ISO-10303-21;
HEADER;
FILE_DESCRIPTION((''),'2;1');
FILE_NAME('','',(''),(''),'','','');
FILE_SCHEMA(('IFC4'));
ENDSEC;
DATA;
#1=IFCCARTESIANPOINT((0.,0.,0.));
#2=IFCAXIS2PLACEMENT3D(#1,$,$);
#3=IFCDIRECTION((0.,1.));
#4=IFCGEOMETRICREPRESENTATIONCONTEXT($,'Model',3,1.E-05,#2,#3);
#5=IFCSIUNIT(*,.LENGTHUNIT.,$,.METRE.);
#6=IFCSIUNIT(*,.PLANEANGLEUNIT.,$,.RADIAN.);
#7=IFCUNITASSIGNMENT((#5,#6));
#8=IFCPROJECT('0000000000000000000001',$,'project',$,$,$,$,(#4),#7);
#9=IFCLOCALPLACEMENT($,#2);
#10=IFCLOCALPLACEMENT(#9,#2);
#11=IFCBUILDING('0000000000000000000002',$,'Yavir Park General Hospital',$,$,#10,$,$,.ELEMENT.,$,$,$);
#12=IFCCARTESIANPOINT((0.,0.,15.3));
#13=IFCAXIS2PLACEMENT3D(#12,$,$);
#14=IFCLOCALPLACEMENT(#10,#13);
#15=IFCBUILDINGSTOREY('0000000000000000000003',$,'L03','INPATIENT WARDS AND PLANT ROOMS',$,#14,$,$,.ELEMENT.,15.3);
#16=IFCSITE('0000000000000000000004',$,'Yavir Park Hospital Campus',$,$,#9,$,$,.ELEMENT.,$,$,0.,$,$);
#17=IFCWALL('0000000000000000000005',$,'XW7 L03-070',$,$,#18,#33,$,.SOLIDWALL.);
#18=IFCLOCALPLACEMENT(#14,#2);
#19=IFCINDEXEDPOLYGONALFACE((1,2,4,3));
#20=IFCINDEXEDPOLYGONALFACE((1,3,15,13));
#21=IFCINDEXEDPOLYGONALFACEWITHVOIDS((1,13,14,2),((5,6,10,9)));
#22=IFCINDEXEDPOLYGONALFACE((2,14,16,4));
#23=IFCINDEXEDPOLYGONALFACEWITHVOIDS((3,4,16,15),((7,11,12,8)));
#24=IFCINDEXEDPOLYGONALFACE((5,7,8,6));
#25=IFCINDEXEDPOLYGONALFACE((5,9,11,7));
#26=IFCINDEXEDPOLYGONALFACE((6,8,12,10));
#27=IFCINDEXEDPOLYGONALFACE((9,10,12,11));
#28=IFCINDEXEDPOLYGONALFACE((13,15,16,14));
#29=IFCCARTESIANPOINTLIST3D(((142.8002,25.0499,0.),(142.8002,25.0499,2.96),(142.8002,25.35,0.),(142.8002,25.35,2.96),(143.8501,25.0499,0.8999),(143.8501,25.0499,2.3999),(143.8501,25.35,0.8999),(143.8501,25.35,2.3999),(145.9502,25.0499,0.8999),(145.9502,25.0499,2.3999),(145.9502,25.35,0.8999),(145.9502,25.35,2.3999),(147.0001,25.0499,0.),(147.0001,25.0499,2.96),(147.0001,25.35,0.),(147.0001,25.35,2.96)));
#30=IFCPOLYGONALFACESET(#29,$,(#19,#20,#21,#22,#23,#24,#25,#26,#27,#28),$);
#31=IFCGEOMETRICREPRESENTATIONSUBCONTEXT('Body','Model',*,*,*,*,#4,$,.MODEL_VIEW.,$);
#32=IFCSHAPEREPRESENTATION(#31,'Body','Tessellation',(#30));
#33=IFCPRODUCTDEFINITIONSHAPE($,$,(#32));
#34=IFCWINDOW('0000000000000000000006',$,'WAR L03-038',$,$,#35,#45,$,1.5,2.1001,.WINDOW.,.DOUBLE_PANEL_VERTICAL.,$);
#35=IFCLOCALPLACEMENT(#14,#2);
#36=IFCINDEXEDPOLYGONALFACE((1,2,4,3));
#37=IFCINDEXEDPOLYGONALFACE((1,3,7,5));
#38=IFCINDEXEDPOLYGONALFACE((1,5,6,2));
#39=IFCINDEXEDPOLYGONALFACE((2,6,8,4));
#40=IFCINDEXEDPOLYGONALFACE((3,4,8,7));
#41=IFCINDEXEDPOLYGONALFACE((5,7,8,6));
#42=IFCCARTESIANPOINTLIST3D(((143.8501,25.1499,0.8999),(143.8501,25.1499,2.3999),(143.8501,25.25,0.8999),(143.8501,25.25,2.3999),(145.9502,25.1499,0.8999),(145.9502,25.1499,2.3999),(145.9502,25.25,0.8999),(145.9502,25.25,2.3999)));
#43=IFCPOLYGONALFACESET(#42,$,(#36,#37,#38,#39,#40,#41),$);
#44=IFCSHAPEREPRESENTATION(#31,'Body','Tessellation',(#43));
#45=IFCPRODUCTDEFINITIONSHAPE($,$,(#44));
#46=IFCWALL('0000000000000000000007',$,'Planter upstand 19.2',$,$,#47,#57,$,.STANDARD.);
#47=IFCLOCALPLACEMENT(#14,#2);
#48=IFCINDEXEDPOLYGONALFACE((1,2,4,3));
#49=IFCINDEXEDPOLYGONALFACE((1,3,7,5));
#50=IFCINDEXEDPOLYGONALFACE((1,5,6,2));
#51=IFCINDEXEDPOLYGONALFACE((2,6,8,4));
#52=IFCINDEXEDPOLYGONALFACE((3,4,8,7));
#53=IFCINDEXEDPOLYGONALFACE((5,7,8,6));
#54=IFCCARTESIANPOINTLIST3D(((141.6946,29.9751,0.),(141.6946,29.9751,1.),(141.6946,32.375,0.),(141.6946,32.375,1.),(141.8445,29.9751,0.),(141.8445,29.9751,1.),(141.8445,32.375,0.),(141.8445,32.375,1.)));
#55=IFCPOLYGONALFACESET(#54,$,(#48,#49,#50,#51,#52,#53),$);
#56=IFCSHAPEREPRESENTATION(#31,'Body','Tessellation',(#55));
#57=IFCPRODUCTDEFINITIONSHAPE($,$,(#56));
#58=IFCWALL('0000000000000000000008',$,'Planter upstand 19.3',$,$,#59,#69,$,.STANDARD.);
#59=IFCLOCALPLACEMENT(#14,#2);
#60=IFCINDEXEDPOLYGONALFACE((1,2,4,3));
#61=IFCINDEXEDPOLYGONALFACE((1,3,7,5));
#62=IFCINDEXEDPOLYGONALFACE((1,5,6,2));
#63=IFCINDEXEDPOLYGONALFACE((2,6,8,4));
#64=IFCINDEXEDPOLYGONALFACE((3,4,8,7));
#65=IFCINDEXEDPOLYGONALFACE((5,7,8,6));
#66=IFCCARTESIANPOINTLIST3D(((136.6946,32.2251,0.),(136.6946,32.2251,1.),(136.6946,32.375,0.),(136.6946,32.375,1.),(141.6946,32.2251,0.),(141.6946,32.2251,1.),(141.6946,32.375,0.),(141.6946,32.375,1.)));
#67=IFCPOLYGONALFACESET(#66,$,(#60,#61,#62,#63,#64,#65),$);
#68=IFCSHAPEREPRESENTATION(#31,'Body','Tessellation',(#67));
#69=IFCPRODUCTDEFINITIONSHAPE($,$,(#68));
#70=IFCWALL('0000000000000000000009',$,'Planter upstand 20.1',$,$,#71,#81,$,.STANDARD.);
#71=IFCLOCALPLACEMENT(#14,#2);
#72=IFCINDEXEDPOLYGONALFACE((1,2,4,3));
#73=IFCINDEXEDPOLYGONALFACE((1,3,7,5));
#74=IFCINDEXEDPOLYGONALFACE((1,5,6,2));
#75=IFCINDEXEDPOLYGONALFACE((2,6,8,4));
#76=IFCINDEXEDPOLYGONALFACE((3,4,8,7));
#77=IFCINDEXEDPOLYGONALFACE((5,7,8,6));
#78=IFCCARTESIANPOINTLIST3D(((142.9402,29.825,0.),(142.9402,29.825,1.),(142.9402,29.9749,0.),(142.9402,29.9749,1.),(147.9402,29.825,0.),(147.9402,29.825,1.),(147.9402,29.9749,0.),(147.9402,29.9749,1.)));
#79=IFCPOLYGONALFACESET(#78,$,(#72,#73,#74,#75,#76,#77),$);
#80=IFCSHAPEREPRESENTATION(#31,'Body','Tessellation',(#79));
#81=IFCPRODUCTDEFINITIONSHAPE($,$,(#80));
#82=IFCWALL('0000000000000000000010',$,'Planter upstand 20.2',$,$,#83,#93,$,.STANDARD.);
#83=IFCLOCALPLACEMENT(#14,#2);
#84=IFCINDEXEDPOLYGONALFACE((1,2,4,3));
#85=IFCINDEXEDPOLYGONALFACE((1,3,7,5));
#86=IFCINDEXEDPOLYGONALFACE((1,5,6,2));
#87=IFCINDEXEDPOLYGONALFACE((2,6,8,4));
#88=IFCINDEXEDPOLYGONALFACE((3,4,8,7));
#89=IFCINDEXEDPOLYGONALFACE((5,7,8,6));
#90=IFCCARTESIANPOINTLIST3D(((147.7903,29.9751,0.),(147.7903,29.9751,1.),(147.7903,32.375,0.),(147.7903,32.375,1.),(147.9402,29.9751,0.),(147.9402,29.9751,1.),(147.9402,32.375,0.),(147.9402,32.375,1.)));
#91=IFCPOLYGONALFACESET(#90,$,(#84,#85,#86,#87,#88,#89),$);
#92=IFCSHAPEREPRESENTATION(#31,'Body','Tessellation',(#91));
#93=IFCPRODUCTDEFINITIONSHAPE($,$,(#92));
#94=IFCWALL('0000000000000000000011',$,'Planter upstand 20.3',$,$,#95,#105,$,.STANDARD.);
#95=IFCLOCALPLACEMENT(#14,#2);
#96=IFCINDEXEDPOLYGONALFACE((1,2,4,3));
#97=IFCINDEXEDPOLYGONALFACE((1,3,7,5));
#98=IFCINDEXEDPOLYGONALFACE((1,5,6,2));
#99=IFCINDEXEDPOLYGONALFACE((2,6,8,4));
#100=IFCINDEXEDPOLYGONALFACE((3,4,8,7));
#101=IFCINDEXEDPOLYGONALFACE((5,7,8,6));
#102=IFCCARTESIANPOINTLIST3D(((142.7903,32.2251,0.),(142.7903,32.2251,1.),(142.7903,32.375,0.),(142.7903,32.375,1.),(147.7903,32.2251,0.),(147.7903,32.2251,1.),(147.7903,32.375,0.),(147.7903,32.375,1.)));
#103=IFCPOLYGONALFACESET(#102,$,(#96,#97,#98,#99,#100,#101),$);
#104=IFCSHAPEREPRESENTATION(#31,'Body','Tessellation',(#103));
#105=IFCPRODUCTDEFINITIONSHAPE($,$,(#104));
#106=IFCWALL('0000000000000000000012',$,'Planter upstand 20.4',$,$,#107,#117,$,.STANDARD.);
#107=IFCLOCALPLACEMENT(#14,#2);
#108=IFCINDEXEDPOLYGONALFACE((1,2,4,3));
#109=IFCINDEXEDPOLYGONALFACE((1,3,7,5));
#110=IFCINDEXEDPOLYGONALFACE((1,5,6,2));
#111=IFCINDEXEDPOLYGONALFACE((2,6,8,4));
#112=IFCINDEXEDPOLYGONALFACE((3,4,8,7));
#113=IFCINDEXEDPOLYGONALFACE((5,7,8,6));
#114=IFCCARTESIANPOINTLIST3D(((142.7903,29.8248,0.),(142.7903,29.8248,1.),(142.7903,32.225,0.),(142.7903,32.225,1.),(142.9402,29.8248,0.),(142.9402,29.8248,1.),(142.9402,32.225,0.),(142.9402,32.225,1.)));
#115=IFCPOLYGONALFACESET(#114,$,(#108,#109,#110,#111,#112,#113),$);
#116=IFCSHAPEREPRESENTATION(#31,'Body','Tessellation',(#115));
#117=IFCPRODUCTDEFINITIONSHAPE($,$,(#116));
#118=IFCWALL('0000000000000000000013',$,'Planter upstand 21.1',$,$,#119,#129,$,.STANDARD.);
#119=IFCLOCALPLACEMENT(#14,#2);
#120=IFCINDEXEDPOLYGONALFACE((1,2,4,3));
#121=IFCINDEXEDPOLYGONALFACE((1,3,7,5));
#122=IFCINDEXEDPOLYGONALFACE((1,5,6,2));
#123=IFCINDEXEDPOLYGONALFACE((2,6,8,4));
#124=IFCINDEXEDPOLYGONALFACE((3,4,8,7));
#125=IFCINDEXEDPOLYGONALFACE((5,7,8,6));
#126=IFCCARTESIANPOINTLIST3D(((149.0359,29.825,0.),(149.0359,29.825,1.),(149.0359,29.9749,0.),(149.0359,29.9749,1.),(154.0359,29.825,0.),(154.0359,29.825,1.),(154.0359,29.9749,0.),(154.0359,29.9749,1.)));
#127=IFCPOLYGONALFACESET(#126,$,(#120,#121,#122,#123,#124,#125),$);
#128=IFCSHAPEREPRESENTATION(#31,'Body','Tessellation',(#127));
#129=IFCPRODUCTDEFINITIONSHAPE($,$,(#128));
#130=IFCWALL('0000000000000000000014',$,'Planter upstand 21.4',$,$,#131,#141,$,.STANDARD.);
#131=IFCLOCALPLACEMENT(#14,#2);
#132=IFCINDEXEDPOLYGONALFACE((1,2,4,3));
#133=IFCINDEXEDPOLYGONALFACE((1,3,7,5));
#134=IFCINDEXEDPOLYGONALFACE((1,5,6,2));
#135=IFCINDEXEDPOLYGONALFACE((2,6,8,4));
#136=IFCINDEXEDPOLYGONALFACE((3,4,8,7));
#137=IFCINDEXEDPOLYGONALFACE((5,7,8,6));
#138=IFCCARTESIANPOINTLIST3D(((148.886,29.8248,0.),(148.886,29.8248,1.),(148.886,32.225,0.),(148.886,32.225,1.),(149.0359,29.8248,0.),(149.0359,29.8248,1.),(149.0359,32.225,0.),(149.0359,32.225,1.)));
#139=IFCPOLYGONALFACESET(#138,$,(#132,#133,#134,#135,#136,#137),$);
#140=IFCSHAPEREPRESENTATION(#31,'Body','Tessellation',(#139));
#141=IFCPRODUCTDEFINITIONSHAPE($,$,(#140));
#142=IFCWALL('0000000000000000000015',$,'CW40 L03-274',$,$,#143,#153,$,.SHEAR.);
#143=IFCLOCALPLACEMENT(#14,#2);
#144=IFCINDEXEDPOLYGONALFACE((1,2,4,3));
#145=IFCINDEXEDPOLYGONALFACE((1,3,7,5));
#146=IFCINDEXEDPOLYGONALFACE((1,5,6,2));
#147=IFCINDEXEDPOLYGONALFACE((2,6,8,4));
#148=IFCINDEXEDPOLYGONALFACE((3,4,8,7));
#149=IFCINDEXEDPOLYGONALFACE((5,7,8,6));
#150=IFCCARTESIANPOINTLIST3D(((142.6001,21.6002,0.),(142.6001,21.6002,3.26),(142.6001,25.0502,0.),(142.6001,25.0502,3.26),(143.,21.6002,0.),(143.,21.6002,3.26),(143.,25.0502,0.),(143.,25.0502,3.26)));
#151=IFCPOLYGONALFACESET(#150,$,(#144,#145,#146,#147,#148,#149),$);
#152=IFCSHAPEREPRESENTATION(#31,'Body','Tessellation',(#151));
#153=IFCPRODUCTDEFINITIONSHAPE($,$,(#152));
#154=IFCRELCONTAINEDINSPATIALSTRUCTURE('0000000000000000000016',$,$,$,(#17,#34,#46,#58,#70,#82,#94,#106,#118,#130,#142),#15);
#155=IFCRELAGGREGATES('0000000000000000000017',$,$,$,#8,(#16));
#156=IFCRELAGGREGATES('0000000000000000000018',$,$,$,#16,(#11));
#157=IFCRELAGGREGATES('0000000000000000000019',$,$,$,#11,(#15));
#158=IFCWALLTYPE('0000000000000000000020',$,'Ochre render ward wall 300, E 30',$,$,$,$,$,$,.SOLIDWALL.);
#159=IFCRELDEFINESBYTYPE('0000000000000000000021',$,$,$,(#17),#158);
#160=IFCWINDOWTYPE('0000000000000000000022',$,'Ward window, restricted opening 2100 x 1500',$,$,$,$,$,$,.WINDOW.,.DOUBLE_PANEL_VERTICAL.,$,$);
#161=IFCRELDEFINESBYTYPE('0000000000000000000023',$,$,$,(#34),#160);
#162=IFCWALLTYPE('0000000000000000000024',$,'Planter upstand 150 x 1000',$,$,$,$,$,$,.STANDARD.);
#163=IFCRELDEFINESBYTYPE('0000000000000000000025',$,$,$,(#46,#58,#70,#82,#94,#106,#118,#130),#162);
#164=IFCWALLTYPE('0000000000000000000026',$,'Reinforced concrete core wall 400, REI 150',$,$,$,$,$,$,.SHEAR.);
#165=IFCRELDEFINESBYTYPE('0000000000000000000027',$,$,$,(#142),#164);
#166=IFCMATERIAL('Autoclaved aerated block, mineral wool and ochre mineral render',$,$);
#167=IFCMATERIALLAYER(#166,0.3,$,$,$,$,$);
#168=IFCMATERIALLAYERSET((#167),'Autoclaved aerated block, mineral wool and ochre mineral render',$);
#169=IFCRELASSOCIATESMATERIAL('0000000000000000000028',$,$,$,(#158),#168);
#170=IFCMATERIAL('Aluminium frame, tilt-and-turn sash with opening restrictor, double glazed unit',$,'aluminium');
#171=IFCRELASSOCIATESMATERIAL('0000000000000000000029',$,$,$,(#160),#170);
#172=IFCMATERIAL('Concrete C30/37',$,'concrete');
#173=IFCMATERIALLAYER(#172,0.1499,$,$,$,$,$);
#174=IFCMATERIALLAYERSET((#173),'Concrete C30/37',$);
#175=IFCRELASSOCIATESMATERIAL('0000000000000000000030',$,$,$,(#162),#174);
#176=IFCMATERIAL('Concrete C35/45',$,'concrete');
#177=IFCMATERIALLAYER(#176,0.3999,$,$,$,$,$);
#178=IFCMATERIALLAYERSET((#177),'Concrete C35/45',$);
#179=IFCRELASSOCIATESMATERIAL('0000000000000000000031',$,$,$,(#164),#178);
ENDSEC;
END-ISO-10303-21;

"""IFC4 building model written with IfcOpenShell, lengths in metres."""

from ifc_helpers import new_model, si_unit, direction, frame, frame_2d, origin, place, context, subcontext, project, spatial, rectangle, extrude, material, layer, layer_set, type_object, element, fill, save


model = new_model("IFC4")

# Units and contexts
model_context = context("Model", 3, precision=1e-05, world=origin(), true_north=direction((0.0, 1.0)))
body_context = subcontext(model_context, "Body", "Model", "MODEL_VIEW")
ifc_project = project(units=[si_unit("LENGTHUNIT", "METRE"), si_unit("PLANEANGLEUNIT", "RADIAN")], contexts=[model_context])

# Site, building, storey
site_placement = place(None, origin())
site = spatial("IfcSite", under=ifc_project, at=site_placement, Name="Yavir Park Hospital Campus", CompositionType="ELEMENT", RefElevation=0.0)
building_placement = place(site_placement, origin())
building = spatial("IfcBuilding", under=site, at=building_placement, Name="Yavir Park General Hospital", CompositionType="ELEMENT")
storey_placement = place(building_placement, frame((0.0, 0.0, 15.3)))
storey = spatial("IfcBuildingStorey", under=building, at=storey_placement, Name="L03", Description="INPATIENT WARDS AND PLANT ROOMS", CompositionType="ELEMENT", Elevation=15.3)

# Wall, opening, window
ifc_material_1 = material(Name="Autoclaved aerated block, mineral wool and ochre mineral render")
ifc_layer_1 = layer(ifc_material_1, 0.3)
ifc_layer_set_1 = layer_set([ifc_layer_1], Name="Autoclaved aerated block, mineral wool and ochre mineral render")
wall_type_1 = type_object("IfcWallType", Name="Ochre render ward wall 300, E 30", PredefinedType="SOLIDWALL", material=ifc_layer_set_1)
wall_1_placement = place(storey_placement, frame((142.8, 25.2, 0.0), z_axis=(0.0, 0.0, 1.0), x_axis=(1.0, 0.0, 0.0)))
wall_1 = element("IfcWall", 1, at=wall_1_placement, inside=storey, type_object=wall_type_1, Name="XW7 L03-070", PredefinedType="SOLIDWALL", context=body_context, shape_type="SweptSolid", body=[
    extrude(rectangle(XDim=4.2, YDim=0.3, at=frame_2d((2.1001, 0.0))), origin(), (0.0, 0.0, 1.0), 2.96),
])
opening_1_placement = place(wall_1_placement, frame((1.05, 0.0, 0.8999)))
opening_1 = element("IfcOpeningElement", 2, at=opening_1_placement, cuts=wall_1, PredefinedType="OPENING", context=body_context, shape_type="SweptSolid", body=[
    extrude(rectangle(XDim=2.1001, YDim=1.5, at=frame_2d((1.05, 0.75))), frame((0.0, 0.1599, 0.0), z_axis=(0.0, -1.0, 0.0), x_axis=(1.0, 0.0, 0.0)), (0.0, 0.0, 1.0), 0.3201),
])
ifc_material_2 = material(Name="Aluminium frame, tilt-and-turn sash with opening restrictor, double glazed unit", Category="aluminium")
window_type = type_object("IfcWindowType", Name="Ward window, restricted opening 2100 x 1500", PartitioningType="DOUBLE_PANEL_VERTICAL", PredefinedType="WINDOW", material=ifc_material_2)
window_placement = place(opening_1_placement, origin())
window = element("IfcWindow", 3, at=window_placement, inside=storey, type_object=window_type, Name="WAR L03-038", OverallHeight=1.5, OverallWidth=2.1001, PartitioningType="DOUBLE_PANEL_VERTICAL", PredefinedType="WINDOW", context=body_context, shape_type="SweptSolid", body=[
    extrude(rectangle(XDim=2.1001, YDim=1.5, at=frame_2d((1.05, 0.75))), frame((0.0, 0.05, 0.0), z_axis=(0.0, -1.0, 0.0), x_axis=(1.0, 0.0, 0.0)), (0.0, 0.0, 1.0), 0.1001),
])
fill(opening_1, window)

# Walls
ifc_material_3 = material(Name="Concrete C30/37", Category="concrete")
ifc_layer_2 = layer(ifc_material_3, 0.1499)
ifc_layer_set_2 = layer_set([ifc_layer_2], Name="Concrete C30/37")
wall_type_2 = type_object("IfcWallType", Name="Planter upstand 150 x 1000", PredefinedType="STANDARD", material=ifc_layer_set_2)
wall_2_placement = place(storey_placement, frame((141.7695, 29.9751, 0.0), z_axis=(0.0, 0.0, 1.0), x_axis=(0.0, 1.0, 0.0)))
element("IfcWall", 4, at=wall_2_placement, inside=storey, type_object=wall_type_2, Name="Planter upstand 19.2", PredefinedType="STANDARD", context=body_context, shape_type="SweptSolid", body=[
    extrude(rectangle(XDim=2.3999, YDim=0.1499, at=frame_2d((1.2, 0.0))), origin(), (0.0, 0.0, 1.0), 1.0),
])
for number, where, z_axis, x_axis, name in (
    (5, (141.6946, 32.3, 0.0), (0.0, 0.0, 1.0), (-1.0, 0.0, 0.0), "Planter upstand 19.3"),
    (6, (142.9402, 29.8999, 0.0), (0.0, 0.0, 1.0), (1.0, 0.0, 0.0), "Planter upstand 20.1"),
):
    element("IfcWall", number, at=place(storey_placement, frame(where, z_axis=z_axis, x_axis=x_axis)), inside=storey, type_object=wall_type_2, Name=name, PredefinedType="STANDARD", context=body_context, shape_type="SweptSolid", body=[
        extrude(rectangle(XDim=5.0, YDim=0.1499, at=frame_2d((2.5, 0.0))), origin(), (0.0, 0.0, 1.0), 1.0),
    ])
wall_3_placement = place(storey_placement, frame((147.8652, 29.9751, 0.0), z_axis=(0.0, 0.0, 1.0), x_axis=(0.0, 1.0, 0.0)))
element("IfcWall", 7, at=wall_3_placement, inside=storey, type_object=wall_type_2, Name="Planter upstand 20.2", PredefinedType="STANDARD", context=body_context, shape_type="SweptSolid", body=[
    extrude(rectangle(XDim=2.3999, YDim=0.1499, at=frame_2d((1.2, 0.0))), origin(), (0.0, 0.0, 1.0), 1.0),
])
wall_4_placement = place(storey_placement, frame((147.7903, 32.3, 0.0), z_axis=(0.0, 0.0, 1.0), x_axis=(-1.0, 0.0, 0.0)))
element("IfcWall", 8, at=wall_4_placement, inside=storey, type_object=wall_type_2, Name="Planter upstand 20.3", PredefinedType="STANDARD", context=body_context, shape_type="SweptSolid", body=[
    extrude(rectangle(XDim=5.0, YDim=0.1499, at=frame_2d((2.5, 0.0))), origin(), (0.0, 0.0, 1.0), 1.0),
])
wall_5_placement = place(storey_placement, frame((142.8652, 32.2251, 0.0), z_axis=(0.0, 0.0, 1.0), x_axis=(0.0, -1.0, 0.0)))
element("IfcWall", 9, at=wall_5_placement, inside=storey, type_object=wall_type_2, Name="Planter upstand 20.4", PredefinedType="STANDARD", context=body_context, shape_type="SweptSolid", body=[
    extrude(rectangle(XDim=2.4001, YDim=0.1499, at=frame_2d((1.2002, 0.0))), origin(), (0.0, 0.0, 1.0), 1.0),
])
wall_6_placement = place(storey_placement, frame((149.0359, 29.8999, 0.0), z_axis=(0.0, 0.0, 1.0), x_axis=(1.0, 0.0, 0.0)))
element("IfcWall", 10, at=wall_6_placement, inside=storey, type_object=wall_type_2, Name="Planter upstand 21.1", PredefinedType="STANDARD", context=body_context, shape_type="SweptSolid", body=[
    extrude(rectangle(XDim=5.0, YDim=0.1499, at=frame_2d((2.5, 0.0))), origin(), (0.0, 0.0, 1.0), 1.0),
])
wall_7_placement = place(storey_placement, frame((148.9609, 32.2251, 0.0), z_axis=(0.0, 0.0, 1.0), x_axis=(0.0, -1.0, 0.0)))
element("IfcWall", 11, at=wall_7_placement, inside=storey, type_object=wall_type_2, Name="Planter upstand 21.4", PredefinedType="STANDARD", context=body_context, shape_type="SweptSolid", body=[
    extrude(rectangle(XDim=2.4001, YDim=0.1499, at=frame_2d((1.2002, 0.0))), origin(), (0.0, 0.0, 1.0), 1.0),
])
ifc_material_4 = material(Name="Concrete C35/45", Category="concrete")
ifc_layer_3 = layer(ifc_material_4, 0.3999)
ifc_layer_set_3 = layer_set([ifc_layer_3], Name="Concrete C35/45")
wall_type_3 = type_object("IfcWallType", Name="Reinforced concrete core wall 400, REI 150", PredefinedType="SHEAR", material=ifc_layer_set_3)
wall_8_placement = place(storey_placement, frame((142.8, 21.6001, 0.0), z_axis=(0.0, 0.0, 1.0), x_axis=(0.0, 1.0, 0.0)))
element("IfcWall", 12, at=wall_8_placement, inside=storey, type_object=wall_type_3, Name="CW40 L03-274", PredefinedType="SHEAR", context=body_context, shape_type="SweptSolid", body=[
    extrude(rectangle(XDim=3.45, YDim=0.3999, at=frame_2d((1.7251, 0.0))), origin(), (0.0, 0.0, 1.0), 3.26),
])

save(model, "model.ifc")
